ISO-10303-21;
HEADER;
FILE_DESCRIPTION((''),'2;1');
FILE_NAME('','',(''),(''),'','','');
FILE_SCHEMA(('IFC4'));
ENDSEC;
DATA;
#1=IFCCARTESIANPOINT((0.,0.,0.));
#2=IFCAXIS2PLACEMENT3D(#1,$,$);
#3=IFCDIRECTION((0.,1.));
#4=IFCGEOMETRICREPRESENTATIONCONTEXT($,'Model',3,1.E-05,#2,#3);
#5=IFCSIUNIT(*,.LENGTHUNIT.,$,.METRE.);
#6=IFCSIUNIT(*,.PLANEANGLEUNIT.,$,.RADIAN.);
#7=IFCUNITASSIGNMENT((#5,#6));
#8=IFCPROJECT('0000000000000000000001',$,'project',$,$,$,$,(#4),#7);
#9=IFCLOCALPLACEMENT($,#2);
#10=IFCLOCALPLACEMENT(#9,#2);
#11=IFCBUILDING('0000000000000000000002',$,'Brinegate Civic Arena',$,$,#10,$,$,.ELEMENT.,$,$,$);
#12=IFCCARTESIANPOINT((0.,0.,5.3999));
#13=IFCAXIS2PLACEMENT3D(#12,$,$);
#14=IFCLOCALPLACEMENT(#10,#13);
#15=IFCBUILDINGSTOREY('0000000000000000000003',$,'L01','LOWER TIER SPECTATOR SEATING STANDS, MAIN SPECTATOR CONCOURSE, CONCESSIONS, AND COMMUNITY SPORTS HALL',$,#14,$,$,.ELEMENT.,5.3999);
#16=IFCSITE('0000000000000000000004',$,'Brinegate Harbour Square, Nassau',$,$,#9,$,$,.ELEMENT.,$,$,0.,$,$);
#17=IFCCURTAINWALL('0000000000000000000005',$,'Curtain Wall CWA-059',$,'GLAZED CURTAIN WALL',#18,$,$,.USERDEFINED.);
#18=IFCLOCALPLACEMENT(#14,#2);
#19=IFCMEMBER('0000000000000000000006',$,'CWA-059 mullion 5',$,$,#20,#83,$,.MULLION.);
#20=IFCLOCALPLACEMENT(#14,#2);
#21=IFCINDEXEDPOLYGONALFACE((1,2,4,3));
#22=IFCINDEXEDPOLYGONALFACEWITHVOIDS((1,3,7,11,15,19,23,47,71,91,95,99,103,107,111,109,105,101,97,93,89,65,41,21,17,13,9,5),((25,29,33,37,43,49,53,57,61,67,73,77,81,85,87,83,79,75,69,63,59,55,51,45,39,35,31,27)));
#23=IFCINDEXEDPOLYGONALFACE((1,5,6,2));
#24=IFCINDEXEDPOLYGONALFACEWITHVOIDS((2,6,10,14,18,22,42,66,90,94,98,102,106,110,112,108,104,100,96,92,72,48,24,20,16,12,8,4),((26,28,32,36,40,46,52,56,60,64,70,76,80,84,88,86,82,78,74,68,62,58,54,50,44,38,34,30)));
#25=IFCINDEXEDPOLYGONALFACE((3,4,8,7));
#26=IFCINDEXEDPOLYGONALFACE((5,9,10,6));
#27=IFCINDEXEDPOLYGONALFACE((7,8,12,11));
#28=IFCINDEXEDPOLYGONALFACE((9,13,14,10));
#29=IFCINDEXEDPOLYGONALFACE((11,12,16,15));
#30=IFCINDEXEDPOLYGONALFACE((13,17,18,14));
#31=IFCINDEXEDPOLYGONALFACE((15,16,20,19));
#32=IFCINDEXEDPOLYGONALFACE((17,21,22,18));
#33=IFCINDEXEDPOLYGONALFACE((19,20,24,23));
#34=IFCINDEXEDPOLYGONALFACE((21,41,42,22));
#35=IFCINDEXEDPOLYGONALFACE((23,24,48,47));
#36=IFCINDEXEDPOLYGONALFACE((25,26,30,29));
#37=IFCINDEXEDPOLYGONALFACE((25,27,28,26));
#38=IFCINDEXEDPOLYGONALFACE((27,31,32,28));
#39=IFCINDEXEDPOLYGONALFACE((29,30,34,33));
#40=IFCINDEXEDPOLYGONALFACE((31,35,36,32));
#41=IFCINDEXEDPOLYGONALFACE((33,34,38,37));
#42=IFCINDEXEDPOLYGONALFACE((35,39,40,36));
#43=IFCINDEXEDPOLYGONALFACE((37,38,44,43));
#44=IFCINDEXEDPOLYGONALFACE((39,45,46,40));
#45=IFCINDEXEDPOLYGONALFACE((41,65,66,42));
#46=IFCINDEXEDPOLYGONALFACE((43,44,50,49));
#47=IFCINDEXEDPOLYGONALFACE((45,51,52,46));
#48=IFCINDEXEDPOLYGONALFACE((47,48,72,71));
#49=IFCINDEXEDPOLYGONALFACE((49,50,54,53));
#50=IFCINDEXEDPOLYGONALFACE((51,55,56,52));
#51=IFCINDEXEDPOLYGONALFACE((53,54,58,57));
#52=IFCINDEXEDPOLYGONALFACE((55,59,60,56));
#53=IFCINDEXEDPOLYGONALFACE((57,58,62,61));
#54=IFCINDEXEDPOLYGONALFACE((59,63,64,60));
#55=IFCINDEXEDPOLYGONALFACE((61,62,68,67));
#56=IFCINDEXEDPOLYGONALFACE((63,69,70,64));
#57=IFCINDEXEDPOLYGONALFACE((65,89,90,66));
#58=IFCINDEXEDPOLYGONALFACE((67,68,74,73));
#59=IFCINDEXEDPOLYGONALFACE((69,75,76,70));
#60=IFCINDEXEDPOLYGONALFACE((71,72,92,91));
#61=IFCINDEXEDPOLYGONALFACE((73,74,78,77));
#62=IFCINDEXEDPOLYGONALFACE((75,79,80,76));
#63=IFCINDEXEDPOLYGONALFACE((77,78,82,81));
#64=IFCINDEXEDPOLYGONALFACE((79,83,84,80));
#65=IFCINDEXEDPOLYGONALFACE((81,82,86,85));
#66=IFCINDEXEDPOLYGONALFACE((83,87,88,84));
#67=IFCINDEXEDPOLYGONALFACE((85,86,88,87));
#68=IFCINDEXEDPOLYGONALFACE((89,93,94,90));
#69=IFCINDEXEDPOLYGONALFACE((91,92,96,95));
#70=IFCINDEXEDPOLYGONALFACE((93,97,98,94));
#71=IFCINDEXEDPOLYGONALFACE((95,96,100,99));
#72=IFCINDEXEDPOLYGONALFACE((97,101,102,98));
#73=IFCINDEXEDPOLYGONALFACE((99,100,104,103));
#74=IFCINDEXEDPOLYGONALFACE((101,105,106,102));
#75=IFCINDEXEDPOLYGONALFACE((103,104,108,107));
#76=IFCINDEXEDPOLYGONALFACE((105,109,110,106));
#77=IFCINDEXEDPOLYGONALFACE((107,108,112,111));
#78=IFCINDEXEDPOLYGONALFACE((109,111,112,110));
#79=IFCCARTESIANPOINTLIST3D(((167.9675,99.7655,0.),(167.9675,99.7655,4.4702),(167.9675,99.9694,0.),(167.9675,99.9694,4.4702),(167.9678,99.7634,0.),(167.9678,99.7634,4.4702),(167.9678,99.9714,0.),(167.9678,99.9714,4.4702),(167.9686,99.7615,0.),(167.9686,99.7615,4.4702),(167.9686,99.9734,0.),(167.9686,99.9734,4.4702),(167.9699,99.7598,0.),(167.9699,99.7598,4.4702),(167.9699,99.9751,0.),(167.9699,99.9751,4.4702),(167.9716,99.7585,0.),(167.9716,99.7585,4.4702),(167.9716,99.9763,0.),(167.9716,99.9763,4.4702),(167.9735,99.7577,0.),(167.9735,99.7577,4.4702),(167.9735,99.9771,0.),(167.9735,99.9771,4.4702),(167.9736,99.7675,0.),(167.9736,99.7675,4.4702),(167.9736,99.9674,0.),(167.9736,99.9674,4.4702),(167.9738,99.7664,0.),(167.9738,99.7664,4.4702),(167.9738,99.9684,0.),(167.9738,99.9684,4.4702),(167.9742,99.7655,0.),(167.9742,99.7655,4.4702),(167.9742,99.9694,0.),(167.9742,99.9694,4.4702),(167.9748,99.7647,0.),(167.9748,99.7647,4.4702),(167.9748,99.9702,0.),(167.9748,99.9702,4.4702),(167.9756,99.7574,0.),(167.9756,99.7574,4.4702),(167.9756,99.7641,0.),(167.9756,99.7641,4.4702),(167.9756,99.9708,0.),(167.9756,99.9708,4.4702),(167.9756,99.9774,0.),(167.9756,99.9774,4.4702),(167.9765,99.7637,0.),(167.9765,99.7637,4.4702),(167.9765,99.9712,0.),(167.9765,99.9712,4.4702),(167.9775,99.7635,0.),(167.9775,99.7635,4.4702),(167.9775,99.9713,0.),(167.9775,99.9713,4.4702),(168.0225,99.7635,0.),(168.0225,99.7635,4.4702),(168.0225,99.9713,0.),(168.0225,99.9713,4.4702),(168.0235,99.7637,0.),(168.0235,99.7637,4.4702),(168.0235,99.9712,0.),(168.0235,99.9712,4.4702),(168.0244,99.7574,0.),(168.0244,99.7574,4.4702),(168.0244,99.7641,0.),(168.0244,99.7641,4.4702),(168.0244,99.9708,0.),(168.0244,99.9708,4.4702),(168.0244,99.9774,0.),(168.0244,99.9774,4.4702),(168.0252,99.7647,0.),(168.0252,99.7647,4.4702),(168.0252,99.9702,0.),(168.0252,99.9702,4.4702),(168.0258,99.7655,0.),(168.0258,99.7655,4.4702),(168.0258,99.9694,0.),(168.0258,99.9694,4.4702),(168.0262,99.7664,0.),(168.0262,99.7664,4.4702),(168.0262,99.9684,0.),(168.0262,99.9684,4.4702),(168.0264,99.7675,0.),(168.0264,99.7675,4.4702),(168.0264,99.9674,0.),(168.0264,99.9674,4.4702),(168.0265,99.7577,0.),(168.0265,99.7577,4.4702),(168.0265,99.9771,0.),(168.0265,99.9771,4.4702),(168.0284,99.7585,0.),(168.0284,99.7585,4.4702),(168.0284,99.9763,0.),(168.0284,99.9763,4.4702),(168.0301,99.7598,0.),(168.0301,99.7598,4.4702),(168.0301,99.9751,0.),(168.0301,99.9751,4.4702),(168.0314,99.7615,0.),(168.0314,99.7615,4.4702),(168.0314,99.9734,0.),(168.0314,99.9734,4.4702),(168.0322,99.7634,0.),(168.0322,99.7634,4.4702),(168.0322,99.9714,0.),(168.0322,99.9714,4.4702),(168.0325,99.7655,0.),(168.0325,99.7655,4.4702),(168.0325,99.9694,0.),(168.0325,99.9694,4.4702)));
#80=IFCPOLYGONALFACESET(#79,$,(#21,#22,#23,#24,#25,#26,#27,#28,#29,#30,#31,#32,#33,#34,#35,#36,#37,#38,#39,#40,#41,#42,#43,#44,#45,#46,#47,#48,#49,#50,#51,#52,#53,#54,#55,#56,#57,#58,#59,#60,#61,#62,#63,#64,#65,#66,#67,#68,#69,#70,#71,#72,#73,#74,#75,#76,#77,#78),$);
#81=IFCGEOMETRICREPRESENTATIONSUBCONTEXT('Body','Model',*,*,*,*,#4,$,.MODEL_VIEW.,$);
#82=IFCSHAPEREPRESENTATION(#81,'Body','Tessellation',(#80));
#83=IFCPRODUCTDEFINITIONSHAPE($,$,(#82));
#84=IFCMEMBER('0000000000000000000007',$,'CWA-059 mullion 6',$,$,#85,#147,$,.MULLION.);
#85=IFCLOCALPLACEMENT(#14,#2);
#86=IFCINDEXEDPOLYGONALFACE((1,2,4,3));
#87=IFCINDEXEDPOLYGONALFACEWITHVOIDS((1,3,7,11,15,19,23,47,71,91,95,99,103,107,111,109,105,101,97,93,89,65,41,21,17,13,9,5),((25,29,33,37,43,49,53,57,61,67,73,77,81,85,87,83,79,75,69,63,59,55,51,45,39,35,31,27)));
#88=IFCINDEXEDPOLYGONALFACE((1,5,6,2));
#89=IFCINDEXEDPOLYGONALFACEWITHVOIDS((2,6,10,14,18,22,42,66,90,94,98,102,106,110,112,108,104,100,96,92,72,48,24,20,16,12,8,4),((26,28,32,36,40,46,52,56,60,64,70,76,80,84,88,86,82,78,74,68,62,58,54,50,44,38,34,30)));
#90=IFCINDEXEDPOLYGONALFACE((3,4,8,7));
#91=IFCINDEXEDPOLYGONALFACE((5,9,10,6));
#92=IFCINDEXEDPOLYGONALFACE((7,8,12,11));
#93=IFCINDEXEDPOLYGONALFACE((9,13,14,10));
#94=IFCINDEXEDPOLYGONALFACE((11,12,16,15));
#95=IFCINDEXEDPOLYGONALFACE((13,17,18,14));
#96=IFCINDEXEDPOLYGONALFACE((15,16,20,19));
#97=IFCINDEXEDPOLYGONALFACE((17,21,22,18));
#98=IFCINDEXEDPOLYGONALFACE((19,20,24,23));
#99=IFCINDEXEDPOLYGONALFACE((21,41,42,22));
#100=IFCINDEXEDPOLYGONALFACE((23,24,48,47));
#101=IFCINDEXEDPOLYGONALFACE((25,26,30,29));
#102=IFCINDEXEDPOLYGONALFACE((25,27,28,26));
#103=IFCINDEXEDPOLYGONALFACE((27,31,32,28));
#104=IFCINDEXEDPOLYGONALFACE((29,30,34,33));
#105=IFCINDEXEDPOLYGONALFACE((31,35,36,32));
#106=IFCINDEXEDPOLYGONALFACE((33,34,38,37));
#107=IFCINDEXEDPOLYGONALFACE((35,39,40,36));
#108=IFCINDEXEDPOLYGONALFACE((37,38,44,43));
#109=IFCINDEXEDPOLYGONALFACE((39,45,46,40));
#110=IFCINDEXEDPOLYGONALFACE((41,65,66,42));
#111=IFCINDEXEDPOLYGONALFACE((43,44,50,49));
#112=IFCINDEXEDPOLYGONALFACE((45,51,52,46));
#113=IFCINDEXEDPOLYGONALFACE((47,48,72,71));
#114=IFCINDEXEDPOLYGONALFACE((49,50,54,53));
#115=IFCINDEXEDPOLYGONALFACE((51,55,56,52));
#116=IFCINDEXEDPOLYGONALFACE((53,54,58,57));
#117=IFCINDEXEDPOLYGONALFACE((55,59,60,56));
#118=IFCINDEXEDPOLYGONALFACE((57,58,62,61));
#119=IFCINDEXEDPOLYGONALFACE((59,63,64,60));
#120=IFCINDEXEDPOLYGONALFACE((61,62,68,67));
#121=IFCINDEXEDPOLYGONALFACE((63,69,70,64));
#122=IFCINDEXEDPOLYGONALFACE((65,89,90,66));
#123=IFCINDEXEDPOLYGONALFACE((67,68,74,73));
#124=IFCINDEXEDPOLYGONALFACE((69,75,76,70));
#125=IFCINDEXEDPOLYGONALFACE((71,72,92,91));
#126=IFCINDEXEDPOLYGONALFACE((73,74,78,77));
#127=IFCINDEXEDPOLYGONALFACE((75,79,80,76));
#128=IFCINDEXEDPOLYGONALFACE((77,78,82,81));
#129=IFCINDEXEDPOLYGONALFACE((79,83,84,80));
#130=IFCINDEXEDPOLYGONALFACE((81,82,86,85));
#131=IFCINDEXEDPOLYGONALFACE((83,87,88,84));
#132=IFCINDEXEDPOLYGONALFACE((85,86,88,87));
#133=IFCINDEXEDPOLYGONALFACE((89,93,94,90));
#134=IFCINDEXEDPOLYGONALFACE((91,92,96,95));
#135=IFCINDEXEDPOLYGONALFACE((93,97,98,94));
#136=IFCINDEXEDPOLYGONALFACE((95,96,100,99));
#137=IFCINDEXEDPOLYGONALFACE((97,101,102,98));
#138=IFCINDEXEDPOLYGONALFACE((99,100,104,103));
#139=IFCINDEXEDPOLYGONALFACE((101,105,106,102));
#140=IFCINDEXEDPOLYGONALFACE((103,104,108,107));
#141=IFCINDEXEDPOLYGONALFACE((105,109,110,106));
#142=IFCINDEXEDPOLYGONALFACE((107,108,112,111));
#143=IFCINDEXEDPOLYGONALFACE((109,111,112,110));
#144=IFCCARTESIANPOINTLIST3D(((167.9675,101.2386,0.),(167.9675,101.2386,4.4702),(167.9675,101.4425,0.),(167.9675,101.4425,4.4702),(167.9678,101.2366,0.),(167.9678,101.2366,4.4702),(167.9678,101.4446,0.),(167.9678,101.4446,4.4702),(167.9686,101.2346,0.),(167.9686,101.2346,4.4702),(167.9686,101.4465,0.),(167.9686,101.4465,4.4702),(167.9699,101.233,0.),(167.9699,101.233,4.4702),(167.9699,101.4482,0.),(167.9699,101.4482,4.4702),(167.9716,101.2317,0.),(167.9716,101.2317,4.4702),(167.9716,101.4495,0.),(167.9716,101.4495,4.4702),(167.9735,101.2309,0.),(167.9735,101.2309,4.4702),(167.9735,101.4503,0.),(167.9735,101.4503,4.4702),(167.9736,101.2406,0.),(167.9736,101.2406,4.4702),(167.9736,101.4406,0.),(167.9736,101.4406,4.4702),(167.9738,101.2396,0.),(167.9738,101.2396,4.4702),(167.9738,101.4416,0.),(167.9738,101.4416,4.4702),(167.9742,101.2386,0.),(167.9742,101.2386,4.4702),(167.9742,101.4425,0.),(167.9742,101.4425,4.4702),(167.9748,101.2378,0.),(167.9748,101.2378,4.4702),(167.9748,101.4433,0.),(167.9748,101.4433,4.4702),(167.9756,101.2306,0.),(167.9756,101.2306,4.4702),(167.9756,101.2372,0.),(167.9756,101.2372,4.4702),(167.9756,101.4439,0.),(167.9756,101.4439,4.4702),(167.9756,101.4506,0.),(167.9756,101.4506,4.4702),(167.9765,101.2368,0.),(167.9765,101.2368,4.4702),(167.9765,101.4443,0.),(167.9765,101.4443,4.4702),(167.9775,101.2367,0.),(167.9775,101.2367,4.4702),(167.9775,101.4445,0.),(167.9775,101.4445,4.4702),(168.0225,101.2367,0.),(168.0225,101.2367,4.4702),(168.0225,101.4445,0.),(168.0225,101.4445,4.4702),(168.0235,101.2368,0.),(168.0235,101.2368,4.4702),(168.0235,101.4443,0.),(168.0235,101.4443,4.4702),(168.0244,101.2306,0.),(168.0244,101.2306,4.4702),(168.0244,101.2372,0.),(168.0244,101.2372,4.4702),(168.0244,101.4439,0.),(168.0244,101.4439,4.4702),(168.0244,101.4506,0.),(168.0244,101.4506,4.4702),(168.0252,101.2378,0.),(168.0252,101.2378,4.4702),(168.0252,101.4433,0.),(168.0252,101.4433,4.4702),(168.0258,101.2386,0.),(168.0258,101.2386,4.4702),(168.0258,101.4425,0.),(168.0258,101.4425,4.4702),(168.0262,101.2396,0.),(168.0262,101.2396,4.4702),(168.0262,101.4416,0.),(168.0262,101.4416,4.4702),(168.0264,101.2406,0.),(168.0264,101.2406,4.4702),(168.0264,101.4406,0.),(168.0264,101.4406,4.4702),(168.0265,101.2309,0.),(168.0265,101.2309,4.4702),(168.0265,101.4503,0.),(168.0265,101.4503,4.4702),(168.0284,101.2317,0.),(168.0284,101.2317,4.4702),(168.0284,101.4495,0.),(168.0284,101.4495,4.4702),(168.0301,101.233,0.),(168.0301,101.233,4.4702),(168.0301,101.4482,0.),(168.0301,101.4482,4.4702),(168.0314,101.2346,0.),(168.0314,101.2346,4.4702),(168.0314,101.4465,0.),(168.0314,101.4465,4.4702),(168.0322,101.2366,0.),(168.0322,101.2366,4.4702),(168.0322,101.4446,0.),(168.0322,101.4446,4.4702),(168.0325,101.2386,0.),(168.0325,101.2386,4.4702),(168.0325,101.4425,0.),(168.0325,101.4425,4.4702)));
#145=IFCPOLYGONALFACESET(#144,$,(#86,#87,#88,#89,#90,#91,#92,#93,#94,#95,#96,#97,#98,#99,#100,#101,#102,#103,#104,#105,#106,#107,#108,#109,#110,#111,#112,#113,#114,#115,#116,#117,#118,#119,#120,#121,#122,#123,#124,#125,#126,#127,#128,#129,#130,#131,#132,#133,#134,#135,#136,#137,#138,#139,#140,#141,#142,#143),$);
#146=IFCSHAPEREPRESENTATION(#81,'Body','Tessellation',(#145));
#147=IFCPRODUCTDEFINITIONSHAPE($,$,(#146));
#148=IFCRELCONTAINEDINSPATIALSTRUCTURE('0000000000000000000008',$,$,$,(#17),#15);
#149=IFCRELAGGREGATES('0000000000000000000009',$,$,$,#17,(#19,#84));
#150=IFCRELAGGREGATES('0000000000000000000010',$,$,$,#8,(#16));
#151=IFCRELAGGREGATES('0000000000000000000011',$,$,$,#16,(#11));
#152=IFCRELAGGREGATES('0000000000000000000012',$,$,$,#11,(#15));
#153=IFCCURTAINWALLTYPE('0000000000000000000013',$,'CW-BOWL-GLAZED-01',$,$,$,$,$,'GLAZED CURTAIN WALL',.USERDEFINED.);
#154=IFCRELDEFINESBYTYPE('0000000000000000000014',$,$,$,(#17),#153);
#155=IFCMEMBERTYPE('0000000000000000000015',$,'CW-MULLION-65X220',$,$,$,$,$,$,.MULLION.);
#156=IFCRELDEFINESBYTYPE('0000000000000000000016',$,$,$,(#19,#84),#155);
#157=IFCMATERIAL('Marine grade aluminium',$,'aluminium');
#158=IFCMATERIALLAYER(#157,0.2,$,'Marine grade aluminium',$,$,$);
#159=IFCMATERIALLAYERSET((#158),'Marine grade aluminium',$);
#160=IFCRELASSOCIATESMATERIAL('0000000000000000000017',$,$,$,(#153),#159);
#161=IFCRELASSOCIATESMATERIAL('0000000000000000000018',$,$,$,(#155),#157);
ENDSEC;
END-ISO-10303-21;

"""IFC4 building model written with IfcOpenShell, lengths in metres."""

from ifc_helpers import new_model, si_unit, direction, frame, origin, origin_2d, place, context, subcontext, project, spatial, hollow_rectangle, extrude, material, layer, layer_set, material_profile, profile_set, type_object, element, aggregate, save


model = new_model("IFC4")

# Units and contexts
model_context = context("Model", 3, precision=1e-05, world=origin(), true_north=direction((0.0, 1.0)))
body_context = subcontext(model_context, "Body", "Model", "MODEL_VIEW")
ifc_project = project(units=[si_unit("LENGTHUNIT", "METRE"), si_unit("PLANEANGLEUNIT", "RADIAN")], contexts=[model_context])

# Site, building, storey
site_placement = place(None, origin())
site = spatial("IfcSite", under=ifc_project, at=site_placement, Name="Brinegate Harbour Square, Nassau", CompositionType="ELEMENT", RefElevation=0.0)
building_placement = place(site_placement, origin())
building = spatial("IfcBuilding", under=site, at=building_placement, Name="Brinegate Civic Arena", CompositionType="ELEMENT")
storey_placement = place(building_placement, frame((0.0, 0.0, 5.3999)))
storey = spatial("IfcBuildingStorey", under=building, at=storey_placement, Name="L01", Description="LOWER TIER SPECTATOR SEATING STANDS, MAIN SPECTATOR CONCOURSE, CONCESSIONS, AND COMMUNITY SPORTS HALL", CompositionType="ELEMENT", Elevation=5.3999)

# Curtain wall, members
ifc_material_1 = material(Name="Marine grade aluminium", Category="aluminium")
ifc_layer_1 = layer(ifc_material_1, 0.2, Name="Marine grade aluminium")
ifc_layer_set_1 = layer_set([ifc_layer_1], Name="Marine grade aluminium")
curtain_wall_type = type_object("IfcCurtainWallType", Name="CW-BOWL-GLAZED-01", ElementType="GLAZED CURTAIN WALL", PredefinedType="USERDEFINED", material=ifc_layer_set_1)
curtain_wall_placement = place(storey_placement, origin())
curtain_wall = element("IfcCurtainWall", 1, at=curtain_wall_placement, inside=storey, type_object=curtain_wall_type, Name="Curtain Wall CWA-059", ObjectType="GLAZED CURTAIN WALL", PredefinedType="USERDEFINED")
ifc_material_profile_1 = material_profile(ifc_material_1, hollow_rectangle(XDim=0.0649, YDim=0.22, WallThickness=0.0061, InnerFilletRadius=0.0039, OuterFilletRadius=0.0081, at=origin_2d()), Name="MUL65X220")
ifc_profile_set_1 = profile_set([ifc_material_profile_1], Name="Marine grade aluminium")
member_type_1 = type_object("IfcMemberType", Name="CW-MULLION-65X220", PredefinedType="MULLION", material=ifc_profile_set_1)
member_1_placement = place(storey_placement, frame((168.0, 99.8674, 0.0), z_axis=(0.0, 0.0, 1.0), x_axis=(-1.0, 0.0, 0.0)))
member_1 = element("IfcMember", 2, at=member_1_placement, type_object=member_type_1, Name="CWA-059 mullion 5", PredefinedType="MULLION", context=body_context, shape_type="SweptSolid", body=[
    extrude(hollow_rectangle(XDim=0.0649, YDim=0.22, WallThickness=0.0061, InnerFilletRadius=0.0039, OuterFilletRadius=0.0081, at=origin_2d()), origin(), (0.0, 0.0, 1.0), 4.4702),
])
member_2_placement = place(storey_placement, frame((168.0, 101.3406, 0.0), z_axis=(0.0, 0.0, 1.0), x_axis=(-1.0, 0.0, 0.0)))
member_2 = element("IfcMember", 3, at=member_2_placement, type_object=member_type_1, Name="CWA-059 mullion 6", PredefinedType="MULLION", context=body_context, shape_type="SweptSolid", body=[
    extrude(hollow_rectangle(XDim=0.0649, YDim=0.22, WallThickness=0.0061, InnerFilletRadius=0.0039, OuterFilletRadius=0.0081, at=origin_2d()), origin(), (0.0, 0.0, 1.0), 4.4702),
])
aggregate(curtain_wall, [member_1, member_2])

save(model, "model.ifc")
